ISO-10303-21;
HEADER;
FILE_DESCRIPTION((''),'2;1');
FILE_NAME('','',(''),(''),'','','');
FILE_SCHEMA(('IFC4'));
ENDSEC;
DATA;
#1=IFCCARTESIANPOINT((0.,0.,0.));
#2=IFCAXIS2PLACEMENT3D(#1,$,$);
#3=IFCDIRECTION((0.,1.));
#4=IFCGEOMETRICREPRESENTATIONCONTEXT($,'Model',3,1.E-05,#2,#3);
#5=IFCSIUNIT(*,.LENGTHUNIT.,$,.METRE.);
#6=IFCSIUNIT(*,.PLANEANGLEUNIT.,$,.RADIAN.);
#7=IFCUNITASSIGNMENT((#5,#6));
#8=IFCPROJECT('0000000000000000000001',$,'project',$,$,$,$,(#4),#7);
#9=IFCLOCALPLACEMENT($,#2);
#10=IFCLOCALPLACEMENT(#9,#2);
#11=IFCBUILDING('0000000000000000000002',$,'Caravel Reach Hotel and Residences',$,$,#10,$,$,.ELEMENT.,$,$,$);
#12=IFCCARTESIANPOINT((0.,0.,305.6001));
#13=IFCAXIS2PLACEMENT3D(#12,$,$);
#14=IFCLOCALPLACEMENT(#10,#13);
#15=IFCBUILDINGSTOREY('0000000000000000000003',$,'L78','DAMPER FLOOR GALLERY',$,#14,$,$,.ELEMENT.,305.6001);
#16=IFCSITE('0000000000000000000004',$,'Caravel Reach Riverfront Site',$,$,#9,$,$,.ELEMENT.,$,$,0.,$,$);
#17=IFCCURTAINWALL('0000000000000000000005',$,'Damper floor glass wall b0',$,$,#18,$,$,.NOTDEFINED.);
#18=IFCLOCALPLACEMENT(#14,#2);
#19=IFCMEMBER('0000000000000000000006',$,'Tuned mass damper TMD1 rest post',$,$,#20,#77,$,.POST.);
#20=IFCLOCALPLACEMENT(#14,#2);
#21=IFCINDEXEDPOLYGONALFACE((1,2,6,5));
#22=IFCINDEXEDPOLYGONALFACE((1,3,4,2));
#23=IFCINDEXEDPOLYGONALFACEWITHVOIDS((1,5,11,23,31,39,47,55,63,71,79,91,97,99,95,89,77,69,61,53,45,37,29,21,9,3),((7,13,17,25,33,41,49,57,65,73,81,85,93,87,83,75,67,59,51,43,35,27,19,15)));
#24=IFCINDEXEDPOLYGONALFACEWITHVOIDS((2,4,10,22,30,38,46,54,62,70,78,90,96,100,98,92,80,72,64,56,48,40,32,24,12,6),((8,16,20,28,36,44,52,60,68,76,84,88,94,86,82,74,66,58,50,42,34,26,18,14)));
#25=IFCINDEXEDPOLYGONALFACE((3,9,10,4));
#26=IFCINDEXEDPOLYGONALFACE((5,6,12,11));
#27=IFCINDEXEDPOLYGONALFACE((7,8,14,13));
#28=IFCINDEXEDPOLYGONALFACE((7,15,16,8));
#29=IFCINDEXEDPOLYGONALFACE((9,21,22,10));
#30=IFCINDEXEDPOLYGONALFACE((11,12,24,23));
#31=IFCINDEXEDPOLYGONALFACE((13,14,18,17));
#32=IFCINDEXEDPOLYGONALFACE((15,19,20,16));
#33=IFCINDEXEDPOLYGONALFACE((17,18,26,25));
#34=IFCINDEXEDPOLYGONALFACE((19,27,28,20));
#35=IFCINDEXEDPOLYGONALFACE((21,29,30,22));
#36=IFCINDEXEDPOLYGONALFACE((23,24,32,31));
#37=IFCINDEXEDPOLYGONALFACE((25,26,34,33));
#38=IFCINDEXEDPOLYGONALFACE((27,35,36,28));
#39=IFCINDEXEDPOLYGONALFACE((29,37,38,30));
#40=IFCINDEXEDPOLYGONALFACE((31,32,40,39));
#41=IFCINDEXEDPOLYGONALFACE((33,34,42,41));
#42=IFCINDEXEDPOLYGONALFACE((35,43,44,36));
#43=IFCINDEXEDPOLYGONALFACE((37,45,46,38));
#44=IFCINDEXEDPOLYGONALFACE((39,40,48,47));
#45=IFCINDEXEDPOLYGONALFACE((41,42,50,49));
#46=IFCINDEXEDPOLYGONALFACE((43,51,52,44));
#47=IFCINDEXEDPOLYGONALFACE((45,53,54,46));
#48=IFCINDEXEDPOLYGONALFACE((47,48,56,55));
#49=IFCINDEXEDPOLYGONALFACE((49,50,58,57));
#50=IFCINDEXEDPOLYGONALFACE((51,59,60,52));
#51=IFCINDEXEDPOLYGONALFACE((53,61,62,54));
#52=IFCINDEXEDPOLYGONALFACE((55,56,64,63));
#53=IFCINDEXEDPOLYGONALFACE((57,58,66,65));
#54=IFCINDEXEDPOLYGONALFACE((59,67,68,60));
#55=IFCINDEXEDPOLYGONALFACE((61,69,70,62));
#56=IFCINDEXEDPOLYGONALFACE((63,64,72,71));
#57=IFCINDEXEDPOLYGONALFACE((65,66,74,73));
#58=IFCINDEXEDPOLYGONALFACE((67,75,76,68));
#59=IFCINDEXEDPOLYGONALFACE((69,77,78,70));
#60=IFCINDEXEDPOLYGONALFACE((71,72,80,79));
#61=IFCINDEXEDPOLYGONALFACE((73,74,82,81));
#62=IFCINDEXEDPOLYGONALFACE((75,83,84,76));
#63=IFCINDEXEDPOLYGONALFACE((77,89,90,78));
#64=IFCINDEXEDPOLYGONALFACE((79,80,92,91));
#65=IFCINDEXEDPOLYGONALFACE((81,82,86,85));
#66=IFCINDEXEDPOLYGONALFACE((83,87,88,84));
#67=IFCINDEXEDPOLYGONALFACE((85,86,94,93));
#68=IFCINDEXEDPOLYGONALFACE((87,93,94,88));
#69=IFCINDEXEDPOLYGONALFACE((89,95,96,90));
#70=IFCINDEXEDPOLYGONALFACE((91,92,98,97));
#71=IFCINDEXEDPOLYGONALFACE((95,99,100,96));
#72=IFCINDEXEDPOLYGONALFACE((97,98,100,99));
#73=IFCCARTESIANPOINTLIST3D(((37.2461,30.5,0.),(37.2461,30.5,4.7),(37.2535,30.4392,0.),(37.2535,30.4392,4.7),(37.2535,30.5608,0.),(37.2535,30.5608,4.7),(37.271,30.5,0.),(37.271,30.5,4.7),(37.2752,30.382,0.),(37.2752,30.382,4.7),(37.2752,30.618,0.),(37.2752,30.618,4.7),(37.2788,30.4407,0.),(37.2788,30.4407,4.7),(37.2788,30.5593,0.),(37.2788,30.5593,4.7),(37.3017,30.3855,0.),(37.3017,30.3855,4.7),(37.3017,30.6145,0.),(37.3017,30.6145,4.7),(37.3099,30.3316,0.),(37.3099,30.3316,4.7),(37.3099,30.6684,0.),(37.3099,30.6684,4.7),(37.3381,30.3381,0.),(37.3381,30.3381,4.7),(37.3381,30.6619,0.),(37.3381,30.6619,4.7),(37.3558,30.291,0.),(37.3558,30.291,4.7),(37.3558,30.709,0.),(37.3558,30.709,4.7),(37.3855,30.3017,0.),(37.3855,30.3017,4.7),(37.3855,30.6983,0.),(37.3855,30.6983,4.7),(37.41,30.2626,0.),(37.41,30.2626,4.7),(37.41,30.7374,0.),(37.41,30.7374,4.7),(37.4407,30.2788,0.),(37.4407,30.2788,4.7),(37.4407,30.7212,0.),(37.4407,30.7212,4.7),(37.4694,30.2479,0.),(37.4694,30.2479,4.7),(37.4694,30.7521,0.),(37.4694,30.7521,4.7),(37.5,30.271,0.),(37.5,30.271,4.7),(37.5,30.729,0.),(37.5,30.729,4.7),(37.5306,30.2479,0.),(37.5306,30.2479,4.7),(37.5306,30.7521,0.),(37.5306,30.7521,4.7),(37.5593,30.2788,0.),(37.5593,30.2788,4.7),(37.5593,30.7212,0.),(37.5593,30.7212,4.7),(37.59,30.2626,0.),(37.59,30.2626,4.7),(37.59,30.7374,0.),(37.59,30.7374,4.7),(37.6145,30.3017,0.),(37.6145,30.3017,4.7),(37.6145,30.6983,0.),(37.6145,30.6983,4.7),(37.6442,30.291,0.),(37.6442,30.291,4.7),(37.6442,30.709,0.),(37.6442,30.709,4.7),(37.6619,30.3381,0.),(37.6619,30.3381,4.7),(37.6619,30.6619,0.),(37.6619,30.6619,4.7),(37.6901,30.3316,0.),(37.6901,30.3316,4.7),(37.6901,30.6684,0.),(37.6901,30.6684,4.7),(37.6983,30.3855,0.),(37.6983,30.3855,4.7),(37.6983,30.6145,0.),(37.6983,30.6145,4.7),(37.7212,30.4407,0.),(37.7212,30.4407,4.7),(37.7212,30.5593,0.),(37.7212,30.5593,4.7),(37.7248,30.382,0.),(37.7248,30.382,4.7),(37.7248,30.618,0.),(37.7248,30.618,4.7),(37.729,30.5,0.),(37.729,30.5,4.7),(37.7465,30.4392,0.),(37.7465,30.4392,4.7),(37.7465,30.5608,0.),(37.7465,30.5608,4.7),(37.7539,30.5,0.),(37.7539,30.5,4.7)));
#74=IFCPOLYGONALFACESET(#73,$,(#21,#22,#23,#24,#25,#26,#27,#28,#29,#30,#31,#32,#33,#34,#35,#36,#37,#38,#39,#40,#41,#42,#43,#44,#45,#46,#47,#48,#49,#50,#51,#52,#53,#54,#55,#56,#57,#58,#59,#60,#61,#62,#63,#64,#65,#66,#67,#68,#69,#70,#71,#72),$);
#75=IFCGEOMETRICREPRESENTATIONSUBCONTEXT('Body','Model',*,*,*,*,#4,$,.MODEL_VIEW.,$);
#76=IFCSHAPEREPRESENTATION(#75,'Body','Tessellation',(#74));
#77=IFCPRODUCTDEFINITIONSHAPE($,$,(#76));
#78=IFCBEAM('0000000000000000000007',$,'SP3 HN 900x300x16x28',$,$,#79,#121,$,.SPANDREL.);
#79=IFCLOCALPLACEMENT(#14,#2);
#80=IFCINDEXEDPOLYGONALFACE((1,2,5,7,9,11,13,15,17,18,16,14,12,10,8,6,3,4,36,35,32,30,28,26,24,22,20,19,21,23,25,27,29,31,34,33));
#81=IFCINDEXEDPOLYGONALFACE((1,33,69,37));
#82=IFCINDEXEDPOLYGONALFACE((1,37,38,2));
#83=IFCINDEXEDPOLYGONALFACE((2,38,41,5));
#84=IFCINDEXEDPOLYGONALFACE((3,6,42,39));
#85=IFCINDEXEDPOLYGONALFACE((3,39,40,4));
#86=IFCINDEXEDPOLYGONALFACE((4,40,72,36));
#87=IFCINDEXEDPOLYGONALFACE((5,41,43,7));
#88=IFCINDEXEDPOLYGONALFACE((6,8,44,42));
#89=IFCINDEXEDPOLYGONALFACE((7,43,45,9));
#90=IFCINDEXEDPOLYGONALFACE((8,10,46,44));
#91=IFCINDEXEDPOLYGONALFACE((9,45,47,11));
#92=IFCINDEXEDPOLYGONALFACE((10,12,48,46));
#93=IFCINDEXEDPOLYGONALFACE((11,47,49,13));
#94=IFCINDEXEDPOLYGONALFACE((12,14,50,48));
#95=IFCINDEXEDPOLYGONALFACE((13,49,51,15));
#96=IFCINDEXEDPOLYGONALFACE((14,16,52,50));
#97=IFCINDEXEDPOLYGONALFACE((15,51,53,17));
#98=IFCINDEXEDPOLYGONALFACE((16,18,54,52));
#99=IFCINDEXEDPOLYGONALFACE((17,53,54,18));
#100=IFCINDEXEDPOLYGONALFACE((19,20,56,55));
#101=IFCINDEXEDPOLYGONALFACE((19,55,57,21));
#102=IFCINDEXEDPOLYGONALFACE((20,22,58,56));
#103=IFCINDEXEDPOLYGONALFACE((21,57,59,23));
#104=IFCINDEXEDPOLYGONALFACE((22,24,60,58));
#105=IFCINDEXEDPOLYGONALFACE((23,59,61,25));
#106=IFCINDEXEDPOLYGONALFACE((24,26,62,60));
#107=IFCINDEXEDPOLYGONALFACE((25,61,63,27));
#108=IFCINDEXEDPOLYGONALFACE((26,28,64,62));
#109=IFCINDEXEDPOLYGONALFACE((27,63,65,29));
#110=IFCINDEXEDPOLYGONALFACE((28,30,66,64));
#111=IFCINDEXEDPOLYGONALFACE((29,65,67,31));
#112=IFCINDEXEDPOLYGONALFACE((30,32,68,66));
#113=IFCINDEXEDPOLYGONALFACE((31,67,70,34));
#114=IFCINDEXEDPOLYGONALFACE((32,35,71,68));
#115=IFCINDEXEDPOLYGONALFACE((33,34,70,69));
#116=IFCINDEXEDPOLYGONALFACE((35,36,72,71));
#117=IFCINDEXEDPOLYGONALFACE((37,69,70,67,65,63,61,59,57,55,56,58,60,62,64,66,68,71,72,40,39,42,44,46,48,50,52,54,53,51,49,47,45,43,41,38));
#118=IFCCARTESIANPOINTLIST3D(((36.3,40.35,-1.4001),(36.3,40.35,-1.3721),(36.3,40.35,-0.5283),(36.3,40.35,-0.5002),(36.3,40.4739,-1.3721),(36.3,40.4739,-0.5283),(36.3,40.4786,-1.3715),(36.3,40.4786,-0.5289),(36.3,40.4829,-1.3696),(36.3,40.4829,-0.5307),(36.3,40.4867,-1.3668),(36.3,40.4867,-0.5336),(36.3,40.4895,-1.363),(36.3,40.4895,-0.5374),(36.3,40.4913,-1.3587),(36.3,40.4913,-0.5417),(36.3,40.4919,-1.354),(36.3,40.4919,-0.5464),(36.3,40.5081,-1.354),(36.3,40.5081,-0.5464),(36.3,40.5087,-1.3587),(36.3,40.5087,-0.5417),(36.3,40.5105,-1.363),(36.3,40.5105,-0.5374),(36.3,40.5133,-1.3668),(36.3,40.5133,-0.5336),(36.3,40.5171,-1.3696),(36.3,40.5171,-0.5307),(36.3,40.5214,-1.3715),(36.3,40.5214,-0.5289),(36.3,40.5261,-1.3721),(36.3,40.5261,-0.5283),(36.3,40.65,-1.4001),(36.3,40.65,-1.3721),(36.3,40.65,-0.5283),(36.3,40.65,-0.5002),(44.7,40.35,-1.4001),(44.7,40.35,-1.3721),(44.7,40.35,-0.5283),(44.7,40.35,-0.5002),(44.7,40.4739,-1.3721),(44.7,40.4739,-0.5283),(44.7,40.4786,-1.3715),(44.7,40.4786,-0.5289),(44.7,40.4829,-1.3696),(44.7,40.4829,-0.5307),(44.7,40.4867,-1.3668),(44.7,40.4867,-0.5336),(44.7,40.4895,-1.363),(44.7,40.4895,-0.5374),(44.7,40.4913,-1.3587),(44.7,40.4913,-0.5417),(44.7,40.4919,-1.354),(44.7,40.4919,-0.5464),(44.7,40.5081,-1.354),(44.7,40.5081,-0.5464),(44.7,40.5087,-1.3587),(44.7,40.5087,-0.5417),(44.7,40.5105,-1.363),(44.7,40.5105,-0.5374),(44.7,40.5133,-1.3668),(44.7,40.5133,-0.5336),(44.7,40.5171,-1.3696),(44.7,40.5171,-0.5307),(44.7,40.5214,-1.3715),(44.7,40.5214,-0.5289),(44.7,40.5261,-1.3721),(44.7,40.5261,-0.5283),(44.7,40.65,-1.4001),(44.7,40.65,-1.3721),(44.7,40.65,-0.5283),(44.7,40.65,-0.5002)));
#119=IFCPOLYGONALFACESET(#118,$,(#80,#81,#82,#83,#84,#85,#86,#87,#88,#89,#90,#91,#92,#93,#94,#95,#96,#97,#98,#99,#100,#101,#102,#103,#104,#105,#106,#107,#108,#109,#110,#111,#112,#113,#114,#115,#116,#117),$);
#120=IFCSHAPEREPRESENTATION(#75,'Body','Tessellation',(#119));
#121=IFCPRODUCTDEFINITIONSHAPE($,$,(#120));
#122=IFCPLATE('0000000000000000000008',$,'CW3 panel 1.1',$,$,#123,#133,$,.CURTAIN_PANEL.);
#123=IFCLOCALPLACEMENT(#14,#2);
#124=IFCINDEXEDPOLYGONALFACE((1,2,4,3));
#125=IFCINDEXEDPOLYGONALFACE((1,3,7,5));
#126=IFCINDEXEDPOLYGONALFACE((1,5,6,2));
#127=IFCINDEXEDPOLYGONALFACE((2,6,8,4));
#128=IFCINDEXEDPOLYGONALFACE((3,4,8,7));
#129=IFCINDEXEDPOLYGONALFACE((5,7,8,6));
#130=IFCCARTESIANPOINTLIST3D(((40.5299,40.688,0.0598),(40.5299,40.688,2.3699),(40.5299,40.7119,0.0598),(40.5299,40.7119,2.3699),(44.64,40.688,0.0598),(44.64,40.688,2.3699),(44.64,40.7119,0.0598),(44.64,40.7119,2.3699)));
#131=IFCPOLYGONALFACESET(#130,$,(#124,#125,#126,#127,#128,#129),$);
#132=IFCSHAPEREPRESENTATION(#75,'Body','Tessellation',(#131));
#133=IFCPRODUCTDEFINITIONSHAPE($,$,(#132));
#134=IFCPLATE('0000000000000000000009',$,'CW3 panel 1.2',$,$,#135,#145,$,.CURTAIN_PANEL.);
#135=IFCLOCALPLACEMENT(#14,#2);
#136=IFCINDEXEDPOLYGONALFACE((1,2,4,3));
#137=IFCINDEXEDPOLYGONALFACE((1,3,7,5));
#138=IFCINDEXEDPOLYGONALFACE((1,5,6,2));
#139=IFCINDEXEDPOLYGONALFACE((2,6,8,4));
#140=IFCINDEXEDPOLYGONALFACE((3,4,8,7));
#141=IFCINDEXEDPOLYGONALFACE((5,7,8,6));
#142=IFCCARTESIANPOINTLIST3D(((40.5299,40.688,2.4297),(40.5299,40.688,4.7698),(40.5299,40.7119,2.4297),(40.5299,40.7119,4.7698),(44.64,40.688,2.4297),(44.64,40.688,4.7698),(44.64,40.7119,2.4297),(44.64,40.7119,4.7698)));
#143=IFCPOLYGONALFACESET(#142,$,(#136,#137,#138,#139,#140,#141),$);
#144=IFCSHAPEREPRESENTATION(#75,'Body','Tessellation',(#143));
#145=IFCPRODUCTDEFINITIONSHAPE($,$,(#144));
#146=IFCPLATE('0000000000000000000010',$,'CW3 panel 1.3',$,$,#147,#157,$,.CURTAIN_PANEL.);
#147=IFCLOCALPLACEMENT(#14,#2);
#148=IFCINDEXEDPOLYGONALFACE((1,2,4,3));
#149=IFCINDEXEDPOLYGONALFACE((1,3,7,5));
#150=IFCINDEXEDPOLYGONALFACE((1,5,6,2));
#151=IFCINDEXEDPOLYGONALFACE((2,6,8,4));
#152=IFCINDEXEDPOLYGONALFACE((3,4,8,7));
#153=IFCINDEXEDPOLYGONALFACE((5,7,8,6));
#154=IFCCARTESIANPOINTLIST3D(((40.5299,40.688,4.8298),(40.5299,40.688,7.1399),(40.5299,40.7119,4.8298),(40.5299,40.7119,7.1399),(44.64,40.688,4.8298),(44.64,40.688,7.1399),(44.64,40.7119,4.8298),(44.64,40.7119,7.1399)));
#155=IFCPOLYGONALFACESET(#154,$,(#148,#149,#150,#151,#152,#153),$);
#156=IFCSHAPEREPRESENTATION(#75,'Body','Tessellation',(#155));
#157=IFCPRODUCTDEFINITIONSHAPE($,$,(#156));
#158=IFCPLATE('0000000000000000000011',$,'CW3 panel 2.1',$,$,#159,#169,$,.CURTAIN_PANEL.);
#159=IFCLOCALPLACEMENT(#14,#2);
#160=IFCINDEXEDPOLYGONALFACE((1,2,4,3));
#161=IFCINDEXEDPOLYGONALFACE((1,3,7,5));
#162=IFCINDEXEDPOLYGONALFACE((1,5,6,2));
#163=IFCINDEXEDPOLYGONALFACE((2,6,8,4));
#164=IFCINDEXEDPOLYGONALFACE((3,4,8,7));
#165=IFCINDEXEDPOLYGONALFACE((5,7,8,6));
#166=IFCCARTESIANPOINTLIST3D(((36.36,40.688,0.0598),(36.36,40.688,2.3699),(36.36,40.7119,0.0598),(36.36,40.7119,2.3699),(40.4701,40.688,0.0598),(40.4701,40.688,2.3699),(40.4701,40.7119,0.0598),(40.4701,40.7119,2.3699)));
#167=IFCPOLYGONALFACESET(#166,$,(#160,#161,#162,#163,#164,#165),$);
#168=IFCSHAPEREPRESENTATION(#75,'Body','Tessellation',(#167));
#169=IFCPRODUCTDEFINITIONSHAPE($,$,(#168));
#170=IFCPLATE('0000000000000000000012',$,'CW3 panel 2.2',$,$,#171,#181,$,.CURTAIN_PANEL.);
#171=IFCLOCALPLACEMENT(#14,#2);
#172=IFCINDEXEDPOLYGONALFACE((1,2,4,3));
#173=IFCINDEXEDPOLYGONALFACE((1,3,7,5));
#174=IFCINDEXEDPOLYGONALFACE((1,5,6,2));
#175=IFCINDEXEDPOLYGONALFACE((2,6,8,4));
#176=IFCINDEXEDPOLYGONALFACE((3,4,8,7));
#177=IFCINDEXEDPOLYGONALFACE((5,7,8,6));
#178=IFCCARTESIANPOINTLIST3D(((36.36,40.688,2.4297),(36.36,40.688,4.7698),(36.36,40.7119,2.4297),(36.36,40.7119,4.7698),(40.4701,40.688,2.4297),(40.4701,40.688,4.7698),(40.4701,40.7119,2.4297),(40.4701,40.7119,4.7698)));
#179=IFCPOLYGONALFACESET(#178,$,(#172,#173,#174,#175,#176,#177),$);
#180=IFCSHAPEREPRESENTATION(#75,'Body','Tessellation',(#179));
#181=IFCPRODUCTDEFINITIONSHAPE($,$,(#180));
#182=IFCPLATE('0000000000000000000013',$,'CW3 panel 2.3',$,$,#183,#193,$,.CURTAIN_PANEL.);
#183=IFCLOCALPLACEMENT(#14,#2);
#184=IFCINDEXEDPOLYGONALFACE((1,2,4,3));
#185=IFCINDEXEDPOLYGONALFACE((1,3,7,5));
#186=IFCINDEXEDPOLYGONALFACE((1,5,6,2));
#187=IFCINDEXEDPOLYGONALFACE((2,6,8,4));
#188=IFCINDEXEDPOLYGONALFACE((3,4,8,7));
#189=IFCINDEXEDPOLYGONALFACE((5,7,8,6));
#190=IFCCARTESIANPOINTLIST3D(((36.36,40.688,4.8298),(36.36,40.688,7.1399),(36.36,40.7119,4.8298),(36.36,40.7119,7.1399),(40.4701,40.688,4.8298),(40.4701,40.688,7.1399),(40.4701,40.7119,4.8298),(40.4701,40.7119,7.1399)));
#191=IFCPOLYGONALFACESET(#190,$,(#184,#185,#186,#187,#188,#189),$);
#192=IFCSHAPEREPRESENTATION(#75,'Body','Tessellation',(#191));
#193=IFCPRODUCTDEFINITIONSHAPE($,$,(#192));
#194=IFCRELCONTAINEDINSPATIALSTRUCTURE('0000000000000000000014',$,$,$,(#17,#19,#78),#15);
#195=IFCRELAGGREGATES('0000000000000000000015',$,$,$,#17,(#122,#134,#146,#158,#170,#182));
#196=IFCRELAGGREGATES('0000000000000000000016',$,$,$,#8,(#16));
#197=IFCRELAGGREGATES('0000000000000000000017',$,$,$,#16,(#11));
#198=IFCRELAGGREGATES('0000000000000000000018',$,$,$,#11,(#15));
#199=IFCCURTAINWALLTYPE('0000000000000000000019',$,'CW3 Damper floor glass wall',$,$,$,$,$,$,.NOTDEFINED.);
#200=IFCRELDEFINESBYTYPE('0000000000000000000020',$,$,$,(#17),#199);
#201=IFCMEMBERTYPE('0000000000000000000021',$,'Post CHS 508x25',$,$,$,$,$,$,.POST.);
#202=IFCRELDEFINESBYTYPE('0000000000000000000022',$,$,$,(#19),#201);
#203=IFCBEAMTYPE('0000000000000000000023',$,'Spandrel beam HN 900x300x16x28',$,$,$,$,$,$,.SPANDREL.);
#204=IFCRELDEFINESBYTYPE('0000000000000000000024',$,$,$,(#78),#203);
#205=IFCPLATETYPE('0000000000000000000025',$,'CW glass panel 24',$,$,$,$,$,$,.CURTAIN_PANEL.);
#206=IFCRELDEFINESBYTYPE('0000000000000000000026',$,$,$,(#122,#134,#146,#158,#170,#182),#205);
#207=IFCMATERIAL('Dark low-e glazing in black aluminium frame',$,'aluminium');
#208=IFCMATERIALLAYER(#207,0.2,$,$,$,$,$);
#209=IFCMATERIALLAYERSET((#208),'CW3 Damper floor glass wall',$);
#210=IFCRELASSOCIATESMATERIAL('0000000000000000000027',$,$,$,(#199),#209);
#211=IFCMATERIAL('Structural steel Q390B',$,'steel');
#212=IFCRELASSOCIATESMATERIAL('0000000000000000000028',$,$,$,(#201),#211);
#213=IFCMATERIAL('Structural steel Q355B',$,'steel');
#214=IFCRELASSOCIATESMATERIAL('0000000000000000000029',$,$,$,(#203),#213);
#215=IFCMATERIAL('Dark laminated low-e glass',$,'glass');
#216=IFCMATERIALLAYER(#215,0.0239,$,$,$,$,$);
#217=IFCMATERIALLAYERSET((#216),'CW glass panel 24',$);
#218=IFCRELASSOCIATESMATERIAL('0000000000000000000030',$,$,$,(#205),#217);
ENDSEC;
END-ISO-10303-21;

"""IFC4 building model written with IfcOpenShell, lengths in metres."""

from ifc_helpers import new_model, si_unit, direction, frame, origin, origin_2d, place, context, subcontext, project, spatial, rectangle, hollow_circle, i_section, extrude, material, layer, layer_set, material_profile, profile_set, type_object, element, aggregate, save


model = new_model("IFC4")

# Units and contexts
model_context = context("Model", 3, precision=1e-05, world=origin(), true_north=direction((0.0, 1.0)))
body_context = subcontext(model_context, "Body", "Model", "MODEL_VIEW")
ifc_project = project(units=[si_unit("LENGTHUNIT", "METRE"), si_unit("PLANEANGLEUNIT", "RADIAN")], contexts=[model_context])

# Site, building, storey
site_placement = place(None, origin())
site = spatial("IfcSite", under=ifc_project, at=site_placement, Name="Caravel Reach Riverfront Site", CompositionType="ELEMENT", RefElevation=0.0)
building_placement = place(site_placement, origin())
building = spatial("IfcBuilding", under=site, at=building_placement, Name="Caravel Reach Hotel and Residences", CompositionType="ELEMENT")
storey_placement = place(building_placement, frame((0.0, 0.0, 305.6001)))
storey = spatial("IfcBuildingStorey", under=building, at=storey_placement, Name="L78", Description="DAMPER FLOOR GALLERY", CompositionType="ELEMENT", Elevation=305.6001)

# Curtain wall
ifc_material_1 = material(Name="Dark low-e glazing in black aluminium frame", Category="aluminium")
ifc_layer_1 = layer(ifc_material_1, 0.2)
ifc_layer_set_1 = layer_set([ifc_layer_1], Name="CW3 Damper floor glass wall")
curtain_wall_type = type_object("IfcCurtainWallType", Name="CW3 Damper floor glass wall", PredefinedType="NOTDEFINED", material=ifc_layer_set_1)
curtain_wall_placement = place(storey_placement, origin())
curtain_wall = element("IfcCurtainWall", 1, at=curtain_wall_placement, inside=storey, type_object=curtain_wall_type, Name="Damper floor glass wall b0", PredefinedType="NOTDEFINED")

# Member
ifc_material_2 = material(Name="Structural steel Q390B", Category="steel")
ifc_material_profile_1 = material_profile(ifc_material_2, hollow_circle(Radius=0.2539, WallThickness=0.0249, at=origin_2d()), Name="CHS 508x25")
ifc_profile_set_1 = profile_set([ifc_material_profile_1], Name="Structural steel Q390B")
member_type_1 = type_object("IfcMemberType", Name="Post CHS 508x25", PredefinedType="POST", material=ifc_profile_set_1)
member_1_placement = place(storey_placement, frame((37.5, 30.5, 0.0), z_axis=(0.0, 0.0, 1.0), x_axis=(1.0, 0.0, 0.0)))
element("IfcMember", 2, at=member_1_placement, inside=storey, type_object=member_type_1, Name="Tuned mass damper TMD1 rest post", PredefinedType="POST", context=body_context, shape_type="SweptSolid", body=[
    extrude(hollow_circle(Radius=0.2539, WallThickness=0.0249, at=origin_2d()), origin(), (0.0, 0.0, 1.0), 4.7),
])

# Beam
ifc_material_3 = material(Name="Structural steel Q355B", Category="steel")
ifc_material_profile_2 = material_profile(ifc_material_3, i_section(OverallWidth=0.3, OverallDepth=0.8999, WebThickness=0.0161, FlangeThickness=0.0281, FilletRadius=0.0181, at=origin_2d()), Name="HN 900x300x16x28")
ifc_profile_set_2 = profile_set([ifc_material_profile_2], Name="Structural steel Q355B")
beam_type = type_object("IfcBeamType", Name="Spandrel beam HN 900x300x16x28", PredefinedType="SPANDREL", material=ifc_profile_set_2)
beam_placement = place(storey_placement, frame((44.7, 40.5, -0.9502), z_axis=(-1.0, 0.0, 0.0), x_axis=(0.0, -1.0, 0.0)))
element("IfcBeam", 3, at=beam_placement, inside=storey, type_object=beam_type, Name="SP3 HN 900x300x16x28", PredefinedType="SPANDREL", context=body_context, shape_type="SweptSolid", body=[
    extrude(i_section(OverallWidth=0.3, OverallDepth=0.8999, WebThickness=0.0161, FlangeThickness=0.0281, FilletRadius=0.0181, at=origin_2d()), origin(), (0.0, 0.0, 1.0), 8.3999),
])

# Plates
ifc_material_4 = material(Name="Dark laminated low-e glass", Category="glass")
ifc_layer_2 = layer(ifc_material_4, 0.0239)
ifc_layer_set_2 = layer_set([ifc_layer_2], Name="CW glass panel 24")
plate_type = type_object("IfcPlateType", Name="CW glass panel 24", PredefinedType="CURTAIN_PANEL", material=ifc_layer_set_2)
plate_1_placement = place(storey_placement, frame((42.585, 40.7, 0.0598), z_axis=(0.0, 0.0, 1.0), x_axis=(-1.0, 0.0, 0.0)))
plate_1 = element("IfcPlate", 4, at=plate_1_placement, type_object=plate_type, Name="CW3 panel 1.1", PredefinedType="CURTAIN_PANEL", context=body_context, shape_type="SweptSolid", body=[
    extrude(rectangle(XDim=4.1101, YDim=0.0239, at=origin_2d()), origin(), (0.0, 0.0, 1.0), 2.3101),
])
plate_2_placement = place(storey_placement, frame((42.585, 40.7, 2.4297), z_axis=(0.0, 0.0, 1.0), x_axis=(-1.0, 0.0, 0.0)))
plate_2 = element("IfcPlate", 5, at=plate_2_placement, type_object=plate_type, Name="CW3 panel 1.2", PredefinedType="CURTAIN_PANEL", context=body_context, shape_type="SweptSolid", body=[
    extrude(rectangle(XDim=4.1101, YDim=0.0239, at=origin_2d()), origin(), (0.0, 0.0, 1.0), 2.3401),
])
plate_3_placement = place(storey_placement, frame((42.585, 40.7, 4.8298), z_axis=(0.0, 0.0, 1.0), x_axis=(-1.0, 0.0, 0.0)))
plate_3 = element("IfcPlate", 6, at=plate_3_placement, type_object=plate_type, Name="CW3 panel 1.3", PredefinedType="CURTAIN_PANEL", context=body_context, shape_type="SweptSolid", body=[
    extrude(rectangle(XDim=4.1101, YDim=0.0239, at=origin_2d()), origin(), (0.0, 0.0, 1.0), 2.3101),
])
plate_4_placement = place(storey_placement, frame((38.415, 40.7, 0.0598), z_axis=(0.0, 0.0, 1.0), x_axis=(-1.0, 0.0, 0.0)))
plate_4 = element("IfcPlate", 7, at=plate_4_placement, type_object=plate_type, Name="CW3 panel 2.1", PredefinedType="CURTAIN_PANEL", context=body_context, shape_type="SweptSolid", body=[
    extrude(rectangle(XDim=4.1101, YDim=0.0239, at=origin_2d()), origin(), (0.0, 0.0, 1.0), 2.3101),
])
plate_5_placement = place(storey_placement, frame((38.415, 40.7, 2.4297), z_axis=(0.0, 0.0, 1.0), x_axis=(-1.0, 0.0, 0.0)))
plate_5 = element("IfcPlate", 8, at=plate_5_placement, type_object=plate_type, Name="CW3 panel 2.2", PredefinedType="CURTAIN_PANEL", context=body_context, shape_type="SweptSolid", body=[
    extrude(rectangle(XDim=4.1101, YDim=0.0239, at=origin_2d()), origin(), (0.0, 0.0, 1.0), 2.3401),
])
plate_6_placement = place(storey_placement, frame((38.415, 40.7, 4.8298), z_axis=(0.0, 0.0, 1.0), x_axis=(-1.0, 0.0, 0.0)))
plate_6 = element("IfcPlate", 9, at=plate_6_placement, type_object=plate_type, Name="CW3 panel 2.3", PredefinedType="CURTAIN_PANEL", context=body_context, shape_type="SweptSolid", body=[
    extrude(rectangle(XDim=4.1101, YDim=0.0239, at=origin_2d()), origin(), (0.0, 0.0, 1.0), 2.3101),
])
aggregate(curtain_wall, [plate_1, plate_2, plate_3, plate_4, plate_5, plate_6])

save(model, "model.ifc")
